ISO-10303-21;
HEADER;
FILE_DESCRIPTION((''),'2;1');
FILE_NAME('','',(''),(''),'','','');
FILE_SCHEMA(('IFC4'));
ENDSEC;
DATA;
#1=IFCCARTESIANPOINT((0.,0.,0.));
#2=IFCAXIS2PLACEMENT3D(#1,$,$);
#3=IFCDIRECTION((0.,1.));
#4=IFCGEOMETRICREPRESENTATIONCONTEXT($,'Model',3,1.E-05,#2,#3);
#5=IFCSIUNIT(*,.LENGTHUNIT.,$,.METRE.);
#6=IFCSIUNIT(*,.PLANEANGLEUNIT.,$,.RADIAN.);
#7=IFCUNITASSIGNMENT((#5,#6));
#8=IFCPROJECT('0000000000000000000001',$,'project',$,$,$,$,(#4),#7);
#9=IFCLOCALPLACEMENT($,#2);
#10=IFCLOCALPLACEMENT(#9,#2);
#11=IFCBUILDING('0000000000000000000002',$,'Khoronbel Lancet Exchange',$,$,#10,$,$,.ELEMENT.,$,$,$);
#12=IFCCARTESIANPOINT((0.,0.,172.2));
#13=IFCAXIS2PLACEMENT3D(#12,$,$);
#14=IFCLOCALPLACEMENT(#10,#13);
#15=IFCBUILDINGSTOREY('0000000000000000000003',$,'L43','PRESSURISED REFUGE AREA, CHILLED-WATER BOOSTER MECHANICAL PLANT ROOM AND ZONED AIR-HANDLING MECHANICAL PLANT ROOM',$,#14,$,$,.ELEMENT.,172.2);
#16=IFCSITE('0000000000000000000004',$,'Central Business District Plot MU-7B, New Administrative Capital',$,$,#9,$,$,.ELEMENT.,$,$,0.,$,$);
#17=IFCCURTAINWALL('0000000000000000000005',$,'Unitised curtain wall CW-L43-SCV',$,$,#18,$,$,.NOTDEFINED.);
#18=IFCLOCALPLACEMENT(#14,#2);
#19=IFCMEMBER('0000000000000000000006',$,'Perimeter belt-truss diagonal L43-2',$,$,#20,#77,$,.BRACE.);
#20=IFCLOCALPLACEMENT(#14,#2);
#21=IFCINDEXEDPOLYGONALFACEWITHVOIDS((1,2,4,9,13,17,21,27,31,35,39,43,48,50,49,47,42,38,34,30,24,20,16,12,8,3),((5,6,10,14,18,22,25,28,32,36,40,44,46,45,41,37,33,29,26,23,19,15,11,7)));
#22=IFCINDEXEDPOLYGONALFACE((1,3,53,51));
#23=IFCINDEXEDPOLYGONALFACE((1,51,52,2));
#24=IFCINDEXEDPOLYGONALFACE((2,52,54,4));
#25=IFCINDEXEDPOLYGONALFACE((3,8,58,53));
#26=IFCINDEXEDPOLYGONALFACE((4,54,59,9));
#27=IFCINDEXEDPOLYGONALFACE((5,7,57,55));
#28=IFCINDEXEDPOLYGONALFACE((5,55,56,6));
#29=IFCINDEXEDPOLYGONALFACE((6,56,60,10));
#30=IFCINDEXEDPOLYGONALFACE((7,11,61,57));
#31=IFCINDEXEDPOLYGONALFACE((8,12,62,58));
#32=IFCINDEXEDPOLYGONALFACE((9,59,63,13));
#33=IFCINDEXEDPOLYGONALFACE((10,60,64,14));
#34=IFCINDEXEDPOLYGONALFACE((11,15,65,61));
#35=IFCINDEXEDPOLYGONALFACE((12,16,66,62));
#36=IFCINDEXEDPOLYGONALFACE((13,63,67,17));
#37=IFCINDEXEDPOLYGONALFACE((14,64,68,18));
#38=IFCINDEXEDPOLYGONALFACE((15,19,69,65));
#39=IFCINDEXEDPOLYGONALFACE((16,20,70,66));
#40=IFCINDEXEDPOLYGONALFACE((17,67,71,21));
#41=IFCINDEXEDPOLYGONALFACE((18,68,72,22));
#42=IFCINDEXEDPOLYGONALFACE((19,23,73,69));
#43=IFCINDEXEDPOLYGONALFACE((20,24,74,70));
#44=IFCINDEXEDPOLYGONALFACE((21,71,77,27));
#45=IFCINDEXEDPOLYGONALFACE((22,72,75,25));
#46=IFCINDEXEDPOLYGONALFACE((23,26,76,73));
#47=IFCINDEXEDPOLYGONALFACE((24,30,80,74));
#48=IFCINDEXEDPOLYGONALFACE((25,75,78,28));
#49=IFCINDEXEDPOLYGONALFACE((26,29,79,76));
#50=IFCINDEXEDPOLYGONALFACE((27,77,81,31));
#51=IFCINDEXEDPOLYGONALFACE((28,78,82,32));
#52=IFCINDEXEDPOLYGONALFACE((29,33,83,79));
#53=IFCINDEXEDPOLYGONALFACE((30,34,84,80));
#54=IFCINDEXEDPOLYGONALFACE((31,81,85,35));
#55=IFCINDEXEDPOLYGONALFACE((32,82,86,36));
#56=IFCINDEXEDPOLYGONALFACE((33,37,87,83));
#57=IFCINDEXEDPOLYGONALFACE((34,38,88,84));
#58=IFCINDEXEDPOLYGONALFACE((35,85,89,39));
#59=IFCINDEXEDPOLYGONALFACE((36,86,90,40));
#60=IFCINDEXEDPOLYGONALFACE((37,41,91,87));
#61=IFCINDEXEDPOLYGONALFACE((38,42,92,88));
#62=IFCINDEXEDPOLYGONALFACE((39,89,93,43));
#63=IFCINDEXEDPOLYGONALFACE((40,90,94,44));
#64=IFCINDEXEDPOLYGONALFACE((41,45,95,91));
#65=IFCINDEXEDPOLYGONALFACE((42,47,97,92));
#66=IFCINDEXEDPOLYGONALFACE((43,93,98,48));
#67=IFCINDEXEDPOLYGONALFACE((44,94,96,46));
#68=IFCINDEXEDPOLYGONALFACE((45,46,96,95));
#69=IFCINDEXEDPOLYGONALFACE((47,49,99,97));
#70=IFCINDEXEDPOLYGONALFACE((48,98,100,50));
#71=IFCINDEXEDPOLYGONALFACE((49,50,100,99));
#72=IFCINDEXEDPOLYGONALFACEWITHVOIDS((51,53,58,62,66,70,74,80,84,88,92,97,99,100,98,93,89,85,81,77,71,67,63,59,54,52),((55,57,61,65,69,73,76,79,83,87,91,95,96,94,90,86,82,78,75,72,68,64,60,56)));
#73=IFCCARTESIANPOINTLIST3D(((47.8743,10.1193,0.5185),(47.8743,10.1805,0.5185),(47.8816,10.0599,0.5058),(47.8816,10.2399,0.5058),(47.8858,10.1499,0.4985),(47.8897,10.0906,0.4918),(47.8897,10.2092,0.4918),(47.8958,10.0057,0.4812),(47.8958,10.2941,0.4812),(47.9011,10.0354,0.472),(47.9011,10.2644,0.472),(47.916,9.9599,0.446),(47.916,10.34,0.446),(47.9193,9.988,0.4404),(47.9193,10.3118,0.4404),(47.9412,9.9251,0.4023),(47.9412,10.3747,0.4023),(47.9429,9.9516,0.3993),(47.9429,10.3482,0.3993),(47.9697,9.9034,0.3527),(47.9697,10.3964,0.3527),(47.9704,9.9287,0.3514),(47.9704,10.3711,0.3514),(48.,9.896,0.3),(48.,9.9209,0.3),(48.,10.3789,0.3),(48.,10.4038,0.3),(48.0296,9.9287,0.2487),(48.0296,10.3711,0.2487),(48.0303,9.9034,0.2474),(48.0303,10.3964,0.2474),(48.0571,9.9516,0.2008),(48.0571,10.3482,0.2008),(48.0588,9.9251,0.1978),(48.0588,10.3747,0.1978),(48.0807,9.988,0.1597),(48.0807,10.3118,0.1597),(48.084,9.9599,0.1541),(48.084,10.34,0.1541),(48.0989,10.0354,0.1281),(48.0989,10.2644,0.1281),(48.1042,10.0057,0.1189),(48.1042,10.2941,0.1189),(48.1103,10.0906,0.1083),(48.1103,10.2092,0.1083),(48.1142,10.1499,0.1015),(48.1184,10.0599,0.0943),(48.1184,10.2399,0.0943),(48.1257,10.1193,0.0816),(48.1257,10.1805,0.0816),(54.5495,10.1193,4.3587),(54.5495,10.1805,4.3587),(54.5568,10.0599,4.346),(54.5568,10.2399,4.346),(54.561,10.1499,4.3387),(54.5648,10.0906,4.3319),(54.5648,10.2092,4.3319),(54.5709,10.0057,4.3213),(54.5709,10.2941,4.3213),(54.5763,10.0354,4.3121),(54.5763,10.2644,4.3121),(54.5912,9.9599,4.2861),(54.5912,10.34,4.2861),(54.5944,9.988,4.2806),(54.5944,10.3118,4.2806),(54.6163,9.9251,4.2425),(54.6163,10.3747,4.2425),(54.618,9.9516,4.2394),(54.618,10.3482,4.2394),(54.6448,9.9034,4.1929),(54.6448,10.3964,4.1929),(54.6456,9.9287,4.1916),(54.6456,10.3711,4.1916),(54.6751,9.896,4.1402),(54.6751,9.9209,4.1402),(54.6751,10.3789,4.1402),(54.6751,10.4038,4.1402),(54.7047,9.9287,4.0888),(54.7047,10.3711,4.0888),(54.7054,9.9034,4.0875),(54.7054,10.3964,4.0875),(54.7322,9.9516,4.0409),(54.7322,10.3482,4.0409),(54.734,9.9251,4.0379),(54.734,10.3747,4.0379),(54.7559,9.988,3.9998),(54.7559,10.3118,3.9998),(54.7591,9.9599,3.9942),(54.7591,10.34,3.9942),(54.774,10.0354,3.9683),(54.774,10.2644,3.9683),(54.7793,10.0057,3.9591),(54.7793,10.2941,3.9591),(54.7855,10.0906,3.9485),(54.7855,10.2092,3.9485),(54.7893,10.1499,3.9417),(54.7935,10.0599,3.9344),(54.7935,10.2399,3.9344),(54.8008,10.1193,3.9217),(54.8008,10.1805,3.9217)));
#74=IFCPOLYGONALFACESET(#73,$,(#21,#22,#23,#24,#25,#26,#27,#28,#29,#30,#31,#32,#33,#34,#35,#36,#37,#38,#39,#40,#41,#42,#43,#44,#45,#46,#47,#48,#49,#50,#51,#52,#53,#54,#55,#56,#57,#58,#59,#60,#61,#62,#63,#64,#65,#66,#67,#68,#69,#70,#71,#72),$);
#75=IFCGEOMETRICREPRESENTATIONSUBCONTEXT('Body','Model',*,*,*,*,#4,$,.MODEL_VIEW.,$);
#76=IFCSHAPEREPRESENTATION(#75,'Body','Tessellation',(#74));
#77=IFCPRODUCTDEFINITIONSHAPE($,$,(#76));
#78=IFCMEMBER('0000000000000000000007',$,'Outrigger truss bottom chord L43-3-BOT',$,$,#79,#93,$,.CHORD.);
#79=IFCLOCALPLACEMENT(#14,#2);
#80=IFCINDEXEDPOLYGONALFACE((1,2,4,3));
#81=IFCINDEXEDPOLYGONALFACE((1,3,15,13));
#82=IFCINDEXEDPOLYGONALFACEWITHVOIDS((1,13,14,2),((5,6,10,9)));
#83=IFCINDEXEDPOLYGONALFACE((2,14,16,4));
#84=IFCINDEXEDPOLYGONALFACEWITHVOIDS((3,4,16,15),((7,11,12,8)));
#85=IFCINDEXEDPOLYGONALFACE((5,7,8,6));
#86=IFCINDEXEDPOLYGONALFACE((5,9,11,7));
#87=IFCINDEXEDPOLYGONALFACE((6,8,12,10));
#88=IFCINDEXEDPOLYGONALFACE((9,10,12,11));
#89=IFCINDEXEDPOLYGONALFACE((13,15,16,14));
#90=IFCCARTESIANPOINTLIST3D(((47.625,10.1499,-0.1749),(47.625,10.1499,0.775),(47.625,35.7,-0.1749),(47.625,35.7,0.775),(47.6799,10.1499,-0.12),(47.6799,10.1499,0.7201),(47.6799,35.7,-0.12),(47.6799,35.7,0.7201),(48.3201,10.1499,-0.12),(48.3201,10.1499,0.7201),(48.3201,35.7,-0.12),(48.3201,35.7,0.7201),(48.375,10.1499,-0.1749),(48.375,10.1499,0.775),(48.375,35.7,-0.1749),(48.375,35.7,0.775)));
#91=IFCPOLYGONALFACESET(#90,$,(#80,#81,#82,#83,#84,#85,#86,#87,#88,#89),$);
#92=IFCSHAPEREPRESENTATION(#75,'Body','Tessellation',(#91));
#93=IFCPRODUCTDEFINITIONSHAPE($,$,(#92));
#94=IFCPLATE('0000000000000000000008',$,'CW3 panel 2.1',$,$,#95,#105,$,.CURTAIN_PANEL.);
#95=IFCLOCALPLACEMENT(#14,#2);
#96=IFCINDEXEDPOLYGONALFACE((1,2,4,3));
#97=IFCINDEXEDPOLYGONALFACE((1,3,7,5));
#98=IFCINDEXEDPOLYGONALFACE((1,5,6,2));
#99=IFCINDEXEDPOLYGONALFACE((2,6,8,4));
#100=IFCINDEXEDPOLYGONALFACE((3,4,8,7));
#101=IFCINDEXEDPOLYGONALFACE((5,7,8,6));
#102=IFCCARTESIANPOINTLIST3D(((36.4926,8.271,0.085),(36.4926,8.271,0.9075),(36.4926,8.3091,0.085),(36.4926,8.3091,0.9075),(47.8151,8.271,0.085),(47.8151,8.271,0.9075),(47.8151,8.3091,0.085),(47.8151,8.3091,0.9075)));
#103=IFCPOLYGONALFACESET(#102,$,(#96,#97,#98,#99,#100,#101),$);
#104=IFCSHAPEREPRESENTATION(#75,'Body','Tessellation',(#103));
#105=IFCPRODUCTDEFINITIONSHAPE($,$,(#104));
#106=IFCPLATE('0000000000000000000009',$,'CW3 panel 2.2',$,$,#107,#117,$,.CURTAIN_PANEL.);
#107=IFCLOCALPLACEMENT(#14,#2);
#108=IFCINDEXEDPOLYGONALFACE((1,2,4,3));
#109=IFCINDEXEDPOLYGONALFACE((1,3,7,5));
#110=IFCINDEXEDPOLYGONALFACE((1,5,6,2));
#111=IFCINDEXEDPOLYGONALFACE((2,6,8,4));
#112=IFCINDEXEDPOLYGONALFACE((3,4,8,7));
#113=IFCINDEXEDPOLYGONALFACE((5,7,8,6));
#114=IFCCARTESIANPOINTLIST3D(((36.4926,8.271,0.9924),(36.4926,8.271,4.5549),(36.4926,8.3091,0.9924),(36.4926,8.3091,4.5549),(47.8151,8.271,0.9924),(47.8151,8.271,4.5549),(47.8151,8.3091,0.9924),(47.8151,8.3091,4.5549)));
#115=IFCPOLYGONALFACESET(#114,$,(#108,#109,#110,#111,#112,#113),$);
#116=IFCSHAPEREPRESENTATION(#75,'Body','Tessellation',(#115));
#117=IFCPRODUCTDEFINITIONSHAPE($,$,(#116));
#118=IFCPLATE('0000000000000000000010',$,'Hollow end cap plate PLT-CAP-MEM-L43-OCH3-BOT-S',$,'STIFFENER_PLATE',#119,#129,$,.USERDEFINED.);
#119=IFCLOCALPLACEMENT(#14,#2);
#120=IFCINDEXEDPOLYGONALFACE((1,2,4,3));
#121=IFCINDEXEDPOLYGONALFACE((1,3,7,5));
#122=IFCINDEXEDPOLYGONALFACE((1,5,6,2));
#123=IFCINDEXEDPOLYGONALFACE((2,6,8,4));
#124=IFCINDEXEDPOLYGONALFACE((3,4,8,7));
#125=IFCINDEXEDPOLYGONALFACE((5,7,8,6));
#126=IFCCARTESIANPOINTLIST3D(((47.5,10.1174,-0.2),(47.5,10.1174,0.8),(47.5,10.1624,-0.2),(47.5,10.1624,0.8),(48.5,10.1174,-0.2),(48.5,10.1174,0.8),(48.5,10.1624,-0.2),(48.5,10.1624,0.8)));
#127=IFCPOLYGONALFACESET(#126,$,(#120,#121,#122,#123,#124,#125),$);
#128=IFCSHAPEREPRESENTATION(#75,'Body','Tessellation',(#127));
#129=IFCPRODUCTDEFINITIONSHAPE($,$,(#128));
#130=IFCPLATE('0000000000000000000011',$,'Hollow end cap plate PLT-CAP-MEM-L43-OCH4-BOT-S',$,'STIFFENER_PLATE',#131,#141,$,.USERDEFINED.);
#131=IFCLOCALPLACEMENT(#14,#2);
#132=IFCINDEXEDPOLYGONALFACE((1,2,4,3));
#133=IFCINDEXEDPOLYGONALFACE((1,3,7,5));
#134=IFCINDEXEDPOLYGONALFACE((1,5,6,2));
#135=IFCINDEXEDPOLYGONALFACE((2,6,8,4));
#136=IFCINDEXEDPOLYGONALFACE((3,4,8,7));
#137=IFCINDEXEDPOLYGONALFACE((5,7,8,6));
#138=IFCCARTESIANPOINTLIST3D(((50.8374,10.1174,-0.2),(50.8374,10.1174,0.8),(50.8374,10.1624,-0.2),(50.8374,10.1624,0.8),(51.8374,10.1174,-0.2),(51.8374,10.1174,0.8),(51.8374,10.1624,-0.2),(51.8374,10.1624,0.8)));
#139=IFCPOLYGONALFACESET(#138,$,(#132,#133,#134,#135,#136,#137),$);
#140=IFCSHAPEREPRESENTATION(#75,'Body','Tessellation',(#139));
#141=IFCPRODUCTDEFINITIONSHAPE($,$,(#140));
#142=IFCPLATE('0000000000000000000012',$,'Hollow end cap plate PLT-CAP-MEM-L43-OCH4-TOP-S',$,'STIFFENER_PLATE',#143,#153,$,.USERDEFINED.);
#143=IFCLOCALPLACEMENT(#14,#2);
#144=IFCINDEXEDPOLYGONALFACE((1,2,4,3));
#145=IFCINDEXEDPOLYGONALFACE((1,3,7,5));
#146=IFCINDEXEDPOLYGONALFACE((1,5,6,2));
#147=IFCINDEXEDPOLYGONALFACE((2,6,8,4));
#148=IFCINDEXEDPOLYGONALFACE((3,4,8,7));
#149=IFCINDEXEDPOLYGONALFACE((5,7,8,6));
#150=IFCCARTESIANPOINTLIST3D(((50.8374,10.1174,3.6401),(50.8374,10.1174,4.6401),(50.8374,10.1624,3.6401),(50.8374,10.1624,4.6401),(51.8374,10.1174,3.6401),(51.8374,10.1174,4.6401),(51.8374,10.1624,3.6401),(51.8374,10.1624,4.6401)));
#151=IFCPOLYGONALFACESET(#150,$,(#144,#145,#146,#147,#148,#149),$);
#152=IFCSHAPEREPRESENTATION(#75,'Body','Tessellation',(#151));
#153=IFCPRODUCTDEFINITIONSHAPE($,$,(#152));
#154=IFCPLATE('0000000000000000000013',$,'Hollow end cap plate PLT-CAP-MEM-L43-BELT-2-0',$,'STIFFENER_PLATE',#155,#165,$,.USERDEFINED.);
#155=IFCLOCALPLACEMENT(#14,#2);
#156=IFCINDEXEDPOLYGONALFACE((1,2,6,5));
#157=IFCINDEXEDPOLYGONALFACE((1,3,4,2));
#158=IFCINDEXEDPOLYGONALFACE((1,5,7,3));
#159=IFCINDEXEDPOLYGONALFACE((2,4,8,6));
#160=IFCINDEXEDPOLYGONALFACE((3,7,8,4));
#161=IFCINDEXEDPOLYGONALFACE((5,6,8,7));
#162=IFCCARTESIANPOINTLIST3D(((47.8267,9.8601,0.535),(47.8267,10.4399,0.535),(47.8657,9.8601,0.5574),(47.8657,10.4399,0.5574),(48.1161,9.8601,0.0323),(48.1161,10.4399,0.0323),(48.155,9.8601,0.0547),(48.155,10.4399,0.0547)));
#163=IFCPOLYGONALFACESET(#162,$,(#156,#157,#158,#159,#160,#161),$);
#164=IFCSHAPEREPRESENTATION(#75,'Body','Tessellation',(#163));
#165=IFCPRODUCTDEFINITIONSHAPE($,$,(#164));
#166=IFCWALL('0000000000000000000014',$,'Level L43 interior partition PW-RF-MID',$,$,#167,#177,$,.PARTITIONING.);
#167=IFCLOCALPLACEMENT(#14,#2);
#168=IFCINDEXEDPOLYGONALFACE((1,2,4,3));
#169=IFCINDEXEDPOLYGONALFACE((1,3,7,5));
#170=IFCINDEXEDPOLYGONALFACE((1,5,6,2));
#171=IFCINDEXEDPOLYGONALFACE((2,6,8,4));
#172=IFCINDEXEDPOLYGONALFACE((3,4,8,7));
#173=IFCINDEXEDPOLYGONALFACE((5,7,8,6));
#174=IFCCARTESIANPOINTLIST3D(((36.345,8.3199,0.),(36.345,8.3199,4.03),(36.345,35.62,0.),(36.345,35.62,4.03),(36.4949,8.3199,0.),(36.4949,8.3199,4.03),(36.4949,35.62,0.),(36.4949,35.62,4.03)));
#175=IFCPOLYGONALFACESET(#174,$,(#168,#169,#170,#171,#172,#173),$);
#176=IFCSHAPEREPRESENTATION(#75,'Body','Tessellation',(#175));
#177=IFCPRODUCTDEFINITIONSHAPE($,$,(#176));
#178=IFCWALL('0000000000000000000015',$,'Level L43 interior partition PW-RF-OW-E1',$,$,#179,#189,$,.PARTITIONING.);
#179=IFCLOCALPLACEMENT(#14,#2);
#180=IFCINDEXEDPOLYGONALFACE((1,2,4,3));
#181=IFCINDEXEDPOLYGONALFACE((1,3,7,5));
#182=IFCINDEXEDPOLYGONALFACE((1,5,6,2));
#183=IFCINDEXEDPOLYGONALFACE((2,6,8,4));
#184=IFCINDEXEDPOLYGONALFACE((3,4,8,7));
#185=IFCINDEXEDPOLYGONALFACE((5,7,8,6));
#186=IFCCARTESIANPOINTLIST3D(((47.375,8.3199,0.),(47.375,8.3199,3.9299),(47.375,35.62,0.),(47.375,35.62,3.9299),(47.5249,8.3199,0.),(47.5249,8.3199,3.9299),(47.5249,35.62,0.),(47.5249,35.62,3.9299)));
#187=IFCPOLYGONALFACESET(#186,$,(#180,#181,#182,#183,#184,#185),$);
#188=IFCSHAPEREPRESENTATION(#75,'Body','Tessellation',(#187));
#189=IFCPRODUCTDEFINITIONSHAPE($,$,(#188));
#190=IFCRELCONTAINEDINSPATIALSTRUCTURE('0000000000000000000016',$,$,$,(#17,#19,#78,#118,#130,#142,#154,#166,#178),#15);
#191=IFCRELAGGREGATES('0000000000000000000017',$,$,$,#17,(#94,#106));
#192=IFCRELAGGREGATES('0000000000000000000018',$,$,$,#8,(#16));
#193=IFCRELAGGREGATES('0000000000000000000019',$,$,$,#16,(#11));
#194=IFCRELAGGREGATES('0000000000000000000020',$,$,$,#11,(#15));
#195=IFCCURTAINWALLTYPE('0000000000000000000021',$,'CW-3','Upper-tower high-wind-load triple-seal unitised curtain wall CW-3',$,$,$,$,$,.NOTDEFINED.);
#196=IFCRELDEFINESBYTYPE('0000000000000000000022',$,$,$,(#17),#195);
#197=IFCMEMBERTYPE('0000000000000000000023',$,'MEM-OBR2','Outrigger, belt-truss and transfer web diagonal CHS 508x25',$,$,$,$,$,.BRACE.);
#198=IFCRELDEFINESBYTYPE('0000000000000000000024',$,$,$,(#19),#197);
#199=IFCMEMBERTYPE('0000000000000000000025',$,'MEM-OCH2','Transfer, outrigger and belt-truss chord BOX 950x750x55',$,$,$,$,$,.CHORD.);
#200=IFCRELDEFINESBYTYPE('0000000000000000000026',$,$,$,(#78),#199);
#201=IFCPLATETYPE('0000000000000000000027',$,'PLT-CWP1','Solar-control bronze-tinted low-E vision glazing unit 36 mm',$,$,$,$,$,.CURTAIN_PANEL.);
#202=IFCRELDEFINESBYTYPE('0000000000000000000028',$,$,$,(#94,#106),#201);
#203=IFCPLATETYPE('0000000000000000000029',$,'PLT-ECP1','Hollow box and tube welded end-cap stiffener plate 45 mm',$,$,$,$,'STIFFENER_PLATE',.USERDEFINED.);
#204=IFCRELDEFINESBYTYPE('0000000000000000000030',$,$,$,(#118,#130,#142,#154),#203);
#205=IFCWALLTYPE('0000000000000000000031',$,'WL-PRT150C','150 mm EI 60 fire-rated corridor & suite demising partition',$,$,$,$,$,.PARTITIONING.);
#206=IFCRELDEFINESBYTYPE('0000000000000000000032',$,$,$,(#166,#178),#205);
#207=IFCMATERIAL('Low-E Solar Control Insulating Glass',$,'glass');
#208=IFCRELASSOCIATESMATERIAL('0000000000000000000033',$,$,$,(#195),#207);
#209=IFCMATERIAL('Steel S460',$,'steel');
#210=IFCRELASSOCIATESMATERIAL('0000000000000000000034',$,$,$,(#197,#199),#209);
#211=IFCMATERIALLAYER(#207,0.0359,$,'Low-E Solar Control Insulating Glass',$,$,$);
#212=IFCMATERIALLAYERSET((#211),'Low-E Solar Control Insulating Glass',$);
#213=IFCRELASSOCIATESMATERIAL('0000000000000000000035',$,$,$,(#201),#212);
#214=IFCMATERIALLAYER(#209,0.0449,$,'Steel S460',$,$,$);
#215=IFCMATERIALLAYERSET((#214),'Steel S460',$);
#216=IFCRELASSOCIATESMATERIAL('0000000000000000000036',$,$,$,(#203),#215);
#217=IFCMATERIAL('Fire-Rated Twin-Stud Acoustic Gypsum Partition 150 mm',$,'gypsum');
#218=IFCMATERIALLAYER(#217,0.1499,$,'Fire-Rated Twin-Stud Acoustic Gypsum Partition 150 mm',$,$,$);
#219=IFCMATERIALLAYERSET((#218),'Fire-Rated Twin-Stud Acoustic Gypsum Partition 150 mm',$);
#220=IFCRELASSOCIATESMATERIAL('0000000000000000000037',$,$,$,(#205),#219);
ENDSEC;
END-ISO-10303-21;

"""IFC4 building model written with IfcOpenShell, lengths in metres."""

from ifc_helpers import new_model, si_unit, direction, frame, frame_2d, origin, origin_2d, place, context, subcontext, project, spatial, polyline, rectangle, hollow_rectangle, hollow_circle, outline, extrude, material, layer, layer_set, material_profile, profile_set, type_object, element, aggregate, save


model = new_model("IFC4")

# Units and contexts
model_context = context("Model", 3, precision=1e-05, world=origin(), true_north=direction((0.0, 1.0)))
body_context = subcontext(model_context, "Body", "Model", "MODEL_VIEW")
ifc_project = project(units=[si_unit("LENGTHUNIT", "METRE"), si_unit("PLANEANGLEUNIT", "RADIAN")], contexts=[model_context])

# Site, building, storey
site_placement = place(None, origin())
site = spatial("IfcSite", under=ifc_project, at=site_placement, Name="Central Business District Plot MU-7B, New Administrative Capital", CompositionType="ELEMENT", RefElevation=0.0)
building_placement = place(site_placement, origin())
building = spatial("IfcBuilding", under=site, at=building_placement, Name="Khoronbel Lancet Exchange", CompositionType="ELEMENT")
storey_placement = place(building_placement, frame((0.0, 0.0, 172.2)))
storey = spatial("IfcBuildingStorey", under=building, at=storey_placement, Name="L43", Description="PRESSURISED REFUGE AREA, CHILLED-WATER BOOSTER MECHANICAL PLANT ROOM AND ZONED AIR-HANDLING MECHANICAL PLANT ROOM", CompositionType="ELEMENT", Elevation=172.2)

# Shared definitions
ifc_material_1 = material(Name="Steel S460", Category="steel")

# Curtain wall
ifc_material_2 = material(Name="Low-E Solar Control Insulating Glass", Category="glass")
curtain_wall_type = type_object("IfcCurtainWallType", Name="CW-3", Description="Upper-tower high-wind-load triple-seal unitised curtain wall CW-3", PredefinedType="NOTDEFINED", material=ifc_material_2)
curtain_wall_1_placement = place(storey_placement, origin())
curtain_wall_1 = element("IfcCurtainWall", 1, at=curtain_wall_1_placement, inside=storey, type_object=curtain_wall_type, Name="Unitised curtain wall CW-L43-SCV", PredefinedType="NOTDEFINED")

# Members
ifc_material_profile_1 = material_profile(ifc_material_1, hollow_circle(Radius=0.2539, WallThickness=0.0249, at=origin_2d()), Name="CHS 508x25")
ifc_profile_set_1 = profile_set([ifc_material_profile_1], Name="Steel S460")
member_type_1 = type_object("IfcMemberType", Name="MEM-OBR2", Description="Outrigger, belt-truss and transfer web diagonal CHS 508x25", PredefinedType="BRACE", material=ifc_profile_set_1)
member_1_placement = place(storey_placement, frame((48.0, 10.1499, 0.3), z_axis=(0.866798, 0.0, 0.49866), x_axis=(0.0, 1.0, 0.0)))
element("IfcMember", 2, at=member_1_placement, inside=storey, type_object=member_type_1, Name="Perimeter belt-truss diagonal L43-2", PredefinedType="BRACE", context=body_context, shape_type="SweptSolid", body=[
    extrude(hollow_circle(Radius=0.2539, WallThickness=0.0249, at=origin_2d()), origin(), (0.0, 0.0, 1.0), 7.7009),
])
ifc_material_profile_2 = material_profile(ifc_material_1, hollow_rectangle(XDim=0.75, YDim=0.95, WallThickness=0.0549, at=origin_2d()), Name="BOX 950x750x55")
ifc_profile_set_2 = profile_set([ifc_material_profile_2], Name="Steel S460")
member_type_2 = type_object("IfcMemberType", Name="MEM-OCH2", Description="Transfer, outrigger and belt-truss chord BOX 950x750x55", PredefinedType="CHORD", material=ifc_profile_set_2)
member_2_placement = place(storey_placement, frame((48.0, 10.1499, 0.3), z_axis=(0.0, 1.0, 0.0), x_axis=(-1.0, 0.0, 0.0)))
element("IfcMember", 3, at=member_2_placement, inside=storey, type_object=member_type_2, Name="Outrigger truss bottom chord L43-3-BOT", PredefinedType="CHORD", context=body_context, shape_type="SweptSolid", body=[
    extrude(hollow_rectangle(XDim=0.75, YDim=0.95, WallThickness=0.0549, at=origin_2d()), origin(), (0.0, 0.0, 1.0), 25.55),
])

# Plates
ifc_layer_1 = layer(ifc_material_2, 0.0359, Name="Low-E Solar Control Insulating Glass")
ifc_layer_set_1 = layer_set([ifc_layer_1], Name="Low-E Solar Control Insulating Glass")
plate_type_1 = type_object("IfcPlateType", Name="PLT-CWP1", Description="Solar-control bronze-tinted low-E vision glazing unit 36 mm", PredefinedType="CURTAIN_PANEL", material=ifc_layer_set_1)
plate_1_placement = place(storey_placement, frame((42.1538, 8.29, 0.085), z_axis=(0.0, 0.0, 1.0), x_axis=(1.0, 0.0, 0.0)))
plate_1 = element("IfcPlate", 4, at=plate_1_placement, type_object=plate_type_1, Name="CW3 panel 2.1", PredefinedType="CURTAIN_PANEL", context=body_context, shape_type="SweptSolid", body=[
    extrude(rectangle(XDim=11.3225, YDim=0.0381, at=origin_2d()), origin(), (0.0, 0.0, 1.0), 0.8225),
])
plate_2_placement = place(storey_placement, frame((42.1538, 8.29, 0.9924), z_axis=(0.0, 0.0, 1.0), x_axis=(1.0, 0.0, 0.0)))
plate_2 = element("IfcPlate", 5, at=plate_2_placement, type_object=plate_type_1, Name="CW3 panel 2.2", PredefinedType="CURTAIN_PANEL", context=body_context, shape_type="SweptSolid", body=[
    extrude(rectangle(XDim=11.3225, YDim=0.0381, at=origin_2d()), origin(), (0.0, 0.0, 1.0), 3.5625),
])
aggregate(curtain_wall_1, [plate_1, plate_2])

# Plates
ifc_layer_2 = layer(ifc_material_1, 0.0449, Name="Steel S460")
ifc_layer_set_2 = layer_set([ifc_layer_2], Name="Steel S460")
plate_type_2 = type_object("IfcPlateType", Name="PLT-ECP1", Description="Hollow box and tube welded end-cap stiffener plate 45 mm", ElementType="STIFFENER_PLATE", PredefinedType="USERDEFINED", material=ifc_layer_set_2)
for number, where, z_axis, x_axis, name in (
    (6, (48.0, 10.1399, -0.2), (0.0, 0.0, 1.0), (0.0, -1.0, 0.0), "Hollow end cap plate PLT-CAP-MEM-L43-OCH3-BOT-S"),
    (7, (51.3374, 10.1399, -0.2), (0.0, 0.0, 1.0), (0.0, -1.0, 0.0), "Hollow end cap plate PLT-CAP-MEM-L43-OCH4-BOT-S"),
    (8, (51.3374, 10.1399, 3.6401), (0.0, 0.0, 1.0), (0.0, -1.0, 0.0), "Hollow end cap plate PLT-CAP-MEM-L43-OCH4-TOP-S"),
):
    element("IfcPlate", number, at=place(storey_placement, frame(where, z_axis=z_axis, x_axis=x_axis)), inside=storey, type_object=plate_type_2, Name=name, ObjectType="STIFFENER_PLATE", PredefinedType="USERDEFINED", context=body_context, shape_type="SweptSolid", body=[
        extrude(rectangle(XDim=0.0449, YDim=1.0, at=origin_2d()), origin(), (0.0, 0.0, 1.0), 1.0),
    ])
plate_3_placement = place(storey_placement, frame((48.155, 9.8601, 0.0547), z_axis=(0.866711, 0.0, 0.498811), x_axis=(0.0, 1.0, 0.0)))
element("IfcPlate", 9, at=plate_3_placement, inside=storey, type_object=plate_type_2, Name="Hollow end cap plate PLT-CAP-MEM-L43-BELT-2-0", ObjectType="STIFFENER_PLATE", PredefinedType="USERDEFINED", context=body_context, shape_type="SweptSolid", body=[
    extrude(outline(polyline([(0.0, 0.0), (0.5798, 0.0), (0.5798, 0.5801), (0.0, 0.5801), (0.0, 0.0)])), origin(), (0.0, 0.0, -1.0), 0.0449),
])

# Walls
ifc_material_3 = material(Name="Fire-Rated Twin-Stud Acoustic Gypsum Partition 150 mm", Category="gypsum")
ifc_layer_3 = layer(ifc_material_3, 0.1499, Name="Fire-Rated Twin-Stud Acoustic Gypsum Partition 150 mm")
ifc_layer_set_3 = layer_set([ifc_layer_3], Name="Fire-Rated Twin-Stud Acoustic Gypsum Partition 150 mm")
wall_type = type_object("IfcWallType", Name="WL-PRT150C", Description="150 mm EI 60 fire-rated corridor & suite demising partition", PredefinedType="PARTITIONING", material=ifc_layer_set_3)
wall_1_placement = place(storey_placement, frame((36.4199, 8.3201, 0.0), z_axis=(0.0, 0.0, 1.0), x_axis=(0.0, 1.0, 0.0)))
element("IfcWall", 10, at=wall_1_placement, inside=storey, type_object=wall_type, Name="Level L43 interior partition PW-RF-MID", PredefinedType="PARTITIONING", context=body_context, shape_type="SweptSolid", body=[
    extrude(rectangle(XDim=27.3, YDim=0.1499, at=frame_2d((13.6499, 0.0))), origin(), (0.0, 0.0, 1.0), 4.03),
])
wall_2_placement = place(storey_placement, frame((47.45, 8.3201, 0.0), z_axis=(0.0, 0.0, 1.0), x_axis=(0.0, 1.0, 0.0)))
element("IfcWall", 11, at=wall_2_placement, inside=storey, type_object=wall_type, Name="Level L43 interior partition PW-RF-OW-E1", PredefinedType="PARTITIONING", context=body_context, shape_type="SweptSolid", body=[
    extrude(rectangle(XDim=27.3, YDim=0.1499, at=frame_2d((13.6499, 0.0))), origin(), (0.0, 0.0, 1.0), 3.9299),
])

save(model, "model.ifc")
